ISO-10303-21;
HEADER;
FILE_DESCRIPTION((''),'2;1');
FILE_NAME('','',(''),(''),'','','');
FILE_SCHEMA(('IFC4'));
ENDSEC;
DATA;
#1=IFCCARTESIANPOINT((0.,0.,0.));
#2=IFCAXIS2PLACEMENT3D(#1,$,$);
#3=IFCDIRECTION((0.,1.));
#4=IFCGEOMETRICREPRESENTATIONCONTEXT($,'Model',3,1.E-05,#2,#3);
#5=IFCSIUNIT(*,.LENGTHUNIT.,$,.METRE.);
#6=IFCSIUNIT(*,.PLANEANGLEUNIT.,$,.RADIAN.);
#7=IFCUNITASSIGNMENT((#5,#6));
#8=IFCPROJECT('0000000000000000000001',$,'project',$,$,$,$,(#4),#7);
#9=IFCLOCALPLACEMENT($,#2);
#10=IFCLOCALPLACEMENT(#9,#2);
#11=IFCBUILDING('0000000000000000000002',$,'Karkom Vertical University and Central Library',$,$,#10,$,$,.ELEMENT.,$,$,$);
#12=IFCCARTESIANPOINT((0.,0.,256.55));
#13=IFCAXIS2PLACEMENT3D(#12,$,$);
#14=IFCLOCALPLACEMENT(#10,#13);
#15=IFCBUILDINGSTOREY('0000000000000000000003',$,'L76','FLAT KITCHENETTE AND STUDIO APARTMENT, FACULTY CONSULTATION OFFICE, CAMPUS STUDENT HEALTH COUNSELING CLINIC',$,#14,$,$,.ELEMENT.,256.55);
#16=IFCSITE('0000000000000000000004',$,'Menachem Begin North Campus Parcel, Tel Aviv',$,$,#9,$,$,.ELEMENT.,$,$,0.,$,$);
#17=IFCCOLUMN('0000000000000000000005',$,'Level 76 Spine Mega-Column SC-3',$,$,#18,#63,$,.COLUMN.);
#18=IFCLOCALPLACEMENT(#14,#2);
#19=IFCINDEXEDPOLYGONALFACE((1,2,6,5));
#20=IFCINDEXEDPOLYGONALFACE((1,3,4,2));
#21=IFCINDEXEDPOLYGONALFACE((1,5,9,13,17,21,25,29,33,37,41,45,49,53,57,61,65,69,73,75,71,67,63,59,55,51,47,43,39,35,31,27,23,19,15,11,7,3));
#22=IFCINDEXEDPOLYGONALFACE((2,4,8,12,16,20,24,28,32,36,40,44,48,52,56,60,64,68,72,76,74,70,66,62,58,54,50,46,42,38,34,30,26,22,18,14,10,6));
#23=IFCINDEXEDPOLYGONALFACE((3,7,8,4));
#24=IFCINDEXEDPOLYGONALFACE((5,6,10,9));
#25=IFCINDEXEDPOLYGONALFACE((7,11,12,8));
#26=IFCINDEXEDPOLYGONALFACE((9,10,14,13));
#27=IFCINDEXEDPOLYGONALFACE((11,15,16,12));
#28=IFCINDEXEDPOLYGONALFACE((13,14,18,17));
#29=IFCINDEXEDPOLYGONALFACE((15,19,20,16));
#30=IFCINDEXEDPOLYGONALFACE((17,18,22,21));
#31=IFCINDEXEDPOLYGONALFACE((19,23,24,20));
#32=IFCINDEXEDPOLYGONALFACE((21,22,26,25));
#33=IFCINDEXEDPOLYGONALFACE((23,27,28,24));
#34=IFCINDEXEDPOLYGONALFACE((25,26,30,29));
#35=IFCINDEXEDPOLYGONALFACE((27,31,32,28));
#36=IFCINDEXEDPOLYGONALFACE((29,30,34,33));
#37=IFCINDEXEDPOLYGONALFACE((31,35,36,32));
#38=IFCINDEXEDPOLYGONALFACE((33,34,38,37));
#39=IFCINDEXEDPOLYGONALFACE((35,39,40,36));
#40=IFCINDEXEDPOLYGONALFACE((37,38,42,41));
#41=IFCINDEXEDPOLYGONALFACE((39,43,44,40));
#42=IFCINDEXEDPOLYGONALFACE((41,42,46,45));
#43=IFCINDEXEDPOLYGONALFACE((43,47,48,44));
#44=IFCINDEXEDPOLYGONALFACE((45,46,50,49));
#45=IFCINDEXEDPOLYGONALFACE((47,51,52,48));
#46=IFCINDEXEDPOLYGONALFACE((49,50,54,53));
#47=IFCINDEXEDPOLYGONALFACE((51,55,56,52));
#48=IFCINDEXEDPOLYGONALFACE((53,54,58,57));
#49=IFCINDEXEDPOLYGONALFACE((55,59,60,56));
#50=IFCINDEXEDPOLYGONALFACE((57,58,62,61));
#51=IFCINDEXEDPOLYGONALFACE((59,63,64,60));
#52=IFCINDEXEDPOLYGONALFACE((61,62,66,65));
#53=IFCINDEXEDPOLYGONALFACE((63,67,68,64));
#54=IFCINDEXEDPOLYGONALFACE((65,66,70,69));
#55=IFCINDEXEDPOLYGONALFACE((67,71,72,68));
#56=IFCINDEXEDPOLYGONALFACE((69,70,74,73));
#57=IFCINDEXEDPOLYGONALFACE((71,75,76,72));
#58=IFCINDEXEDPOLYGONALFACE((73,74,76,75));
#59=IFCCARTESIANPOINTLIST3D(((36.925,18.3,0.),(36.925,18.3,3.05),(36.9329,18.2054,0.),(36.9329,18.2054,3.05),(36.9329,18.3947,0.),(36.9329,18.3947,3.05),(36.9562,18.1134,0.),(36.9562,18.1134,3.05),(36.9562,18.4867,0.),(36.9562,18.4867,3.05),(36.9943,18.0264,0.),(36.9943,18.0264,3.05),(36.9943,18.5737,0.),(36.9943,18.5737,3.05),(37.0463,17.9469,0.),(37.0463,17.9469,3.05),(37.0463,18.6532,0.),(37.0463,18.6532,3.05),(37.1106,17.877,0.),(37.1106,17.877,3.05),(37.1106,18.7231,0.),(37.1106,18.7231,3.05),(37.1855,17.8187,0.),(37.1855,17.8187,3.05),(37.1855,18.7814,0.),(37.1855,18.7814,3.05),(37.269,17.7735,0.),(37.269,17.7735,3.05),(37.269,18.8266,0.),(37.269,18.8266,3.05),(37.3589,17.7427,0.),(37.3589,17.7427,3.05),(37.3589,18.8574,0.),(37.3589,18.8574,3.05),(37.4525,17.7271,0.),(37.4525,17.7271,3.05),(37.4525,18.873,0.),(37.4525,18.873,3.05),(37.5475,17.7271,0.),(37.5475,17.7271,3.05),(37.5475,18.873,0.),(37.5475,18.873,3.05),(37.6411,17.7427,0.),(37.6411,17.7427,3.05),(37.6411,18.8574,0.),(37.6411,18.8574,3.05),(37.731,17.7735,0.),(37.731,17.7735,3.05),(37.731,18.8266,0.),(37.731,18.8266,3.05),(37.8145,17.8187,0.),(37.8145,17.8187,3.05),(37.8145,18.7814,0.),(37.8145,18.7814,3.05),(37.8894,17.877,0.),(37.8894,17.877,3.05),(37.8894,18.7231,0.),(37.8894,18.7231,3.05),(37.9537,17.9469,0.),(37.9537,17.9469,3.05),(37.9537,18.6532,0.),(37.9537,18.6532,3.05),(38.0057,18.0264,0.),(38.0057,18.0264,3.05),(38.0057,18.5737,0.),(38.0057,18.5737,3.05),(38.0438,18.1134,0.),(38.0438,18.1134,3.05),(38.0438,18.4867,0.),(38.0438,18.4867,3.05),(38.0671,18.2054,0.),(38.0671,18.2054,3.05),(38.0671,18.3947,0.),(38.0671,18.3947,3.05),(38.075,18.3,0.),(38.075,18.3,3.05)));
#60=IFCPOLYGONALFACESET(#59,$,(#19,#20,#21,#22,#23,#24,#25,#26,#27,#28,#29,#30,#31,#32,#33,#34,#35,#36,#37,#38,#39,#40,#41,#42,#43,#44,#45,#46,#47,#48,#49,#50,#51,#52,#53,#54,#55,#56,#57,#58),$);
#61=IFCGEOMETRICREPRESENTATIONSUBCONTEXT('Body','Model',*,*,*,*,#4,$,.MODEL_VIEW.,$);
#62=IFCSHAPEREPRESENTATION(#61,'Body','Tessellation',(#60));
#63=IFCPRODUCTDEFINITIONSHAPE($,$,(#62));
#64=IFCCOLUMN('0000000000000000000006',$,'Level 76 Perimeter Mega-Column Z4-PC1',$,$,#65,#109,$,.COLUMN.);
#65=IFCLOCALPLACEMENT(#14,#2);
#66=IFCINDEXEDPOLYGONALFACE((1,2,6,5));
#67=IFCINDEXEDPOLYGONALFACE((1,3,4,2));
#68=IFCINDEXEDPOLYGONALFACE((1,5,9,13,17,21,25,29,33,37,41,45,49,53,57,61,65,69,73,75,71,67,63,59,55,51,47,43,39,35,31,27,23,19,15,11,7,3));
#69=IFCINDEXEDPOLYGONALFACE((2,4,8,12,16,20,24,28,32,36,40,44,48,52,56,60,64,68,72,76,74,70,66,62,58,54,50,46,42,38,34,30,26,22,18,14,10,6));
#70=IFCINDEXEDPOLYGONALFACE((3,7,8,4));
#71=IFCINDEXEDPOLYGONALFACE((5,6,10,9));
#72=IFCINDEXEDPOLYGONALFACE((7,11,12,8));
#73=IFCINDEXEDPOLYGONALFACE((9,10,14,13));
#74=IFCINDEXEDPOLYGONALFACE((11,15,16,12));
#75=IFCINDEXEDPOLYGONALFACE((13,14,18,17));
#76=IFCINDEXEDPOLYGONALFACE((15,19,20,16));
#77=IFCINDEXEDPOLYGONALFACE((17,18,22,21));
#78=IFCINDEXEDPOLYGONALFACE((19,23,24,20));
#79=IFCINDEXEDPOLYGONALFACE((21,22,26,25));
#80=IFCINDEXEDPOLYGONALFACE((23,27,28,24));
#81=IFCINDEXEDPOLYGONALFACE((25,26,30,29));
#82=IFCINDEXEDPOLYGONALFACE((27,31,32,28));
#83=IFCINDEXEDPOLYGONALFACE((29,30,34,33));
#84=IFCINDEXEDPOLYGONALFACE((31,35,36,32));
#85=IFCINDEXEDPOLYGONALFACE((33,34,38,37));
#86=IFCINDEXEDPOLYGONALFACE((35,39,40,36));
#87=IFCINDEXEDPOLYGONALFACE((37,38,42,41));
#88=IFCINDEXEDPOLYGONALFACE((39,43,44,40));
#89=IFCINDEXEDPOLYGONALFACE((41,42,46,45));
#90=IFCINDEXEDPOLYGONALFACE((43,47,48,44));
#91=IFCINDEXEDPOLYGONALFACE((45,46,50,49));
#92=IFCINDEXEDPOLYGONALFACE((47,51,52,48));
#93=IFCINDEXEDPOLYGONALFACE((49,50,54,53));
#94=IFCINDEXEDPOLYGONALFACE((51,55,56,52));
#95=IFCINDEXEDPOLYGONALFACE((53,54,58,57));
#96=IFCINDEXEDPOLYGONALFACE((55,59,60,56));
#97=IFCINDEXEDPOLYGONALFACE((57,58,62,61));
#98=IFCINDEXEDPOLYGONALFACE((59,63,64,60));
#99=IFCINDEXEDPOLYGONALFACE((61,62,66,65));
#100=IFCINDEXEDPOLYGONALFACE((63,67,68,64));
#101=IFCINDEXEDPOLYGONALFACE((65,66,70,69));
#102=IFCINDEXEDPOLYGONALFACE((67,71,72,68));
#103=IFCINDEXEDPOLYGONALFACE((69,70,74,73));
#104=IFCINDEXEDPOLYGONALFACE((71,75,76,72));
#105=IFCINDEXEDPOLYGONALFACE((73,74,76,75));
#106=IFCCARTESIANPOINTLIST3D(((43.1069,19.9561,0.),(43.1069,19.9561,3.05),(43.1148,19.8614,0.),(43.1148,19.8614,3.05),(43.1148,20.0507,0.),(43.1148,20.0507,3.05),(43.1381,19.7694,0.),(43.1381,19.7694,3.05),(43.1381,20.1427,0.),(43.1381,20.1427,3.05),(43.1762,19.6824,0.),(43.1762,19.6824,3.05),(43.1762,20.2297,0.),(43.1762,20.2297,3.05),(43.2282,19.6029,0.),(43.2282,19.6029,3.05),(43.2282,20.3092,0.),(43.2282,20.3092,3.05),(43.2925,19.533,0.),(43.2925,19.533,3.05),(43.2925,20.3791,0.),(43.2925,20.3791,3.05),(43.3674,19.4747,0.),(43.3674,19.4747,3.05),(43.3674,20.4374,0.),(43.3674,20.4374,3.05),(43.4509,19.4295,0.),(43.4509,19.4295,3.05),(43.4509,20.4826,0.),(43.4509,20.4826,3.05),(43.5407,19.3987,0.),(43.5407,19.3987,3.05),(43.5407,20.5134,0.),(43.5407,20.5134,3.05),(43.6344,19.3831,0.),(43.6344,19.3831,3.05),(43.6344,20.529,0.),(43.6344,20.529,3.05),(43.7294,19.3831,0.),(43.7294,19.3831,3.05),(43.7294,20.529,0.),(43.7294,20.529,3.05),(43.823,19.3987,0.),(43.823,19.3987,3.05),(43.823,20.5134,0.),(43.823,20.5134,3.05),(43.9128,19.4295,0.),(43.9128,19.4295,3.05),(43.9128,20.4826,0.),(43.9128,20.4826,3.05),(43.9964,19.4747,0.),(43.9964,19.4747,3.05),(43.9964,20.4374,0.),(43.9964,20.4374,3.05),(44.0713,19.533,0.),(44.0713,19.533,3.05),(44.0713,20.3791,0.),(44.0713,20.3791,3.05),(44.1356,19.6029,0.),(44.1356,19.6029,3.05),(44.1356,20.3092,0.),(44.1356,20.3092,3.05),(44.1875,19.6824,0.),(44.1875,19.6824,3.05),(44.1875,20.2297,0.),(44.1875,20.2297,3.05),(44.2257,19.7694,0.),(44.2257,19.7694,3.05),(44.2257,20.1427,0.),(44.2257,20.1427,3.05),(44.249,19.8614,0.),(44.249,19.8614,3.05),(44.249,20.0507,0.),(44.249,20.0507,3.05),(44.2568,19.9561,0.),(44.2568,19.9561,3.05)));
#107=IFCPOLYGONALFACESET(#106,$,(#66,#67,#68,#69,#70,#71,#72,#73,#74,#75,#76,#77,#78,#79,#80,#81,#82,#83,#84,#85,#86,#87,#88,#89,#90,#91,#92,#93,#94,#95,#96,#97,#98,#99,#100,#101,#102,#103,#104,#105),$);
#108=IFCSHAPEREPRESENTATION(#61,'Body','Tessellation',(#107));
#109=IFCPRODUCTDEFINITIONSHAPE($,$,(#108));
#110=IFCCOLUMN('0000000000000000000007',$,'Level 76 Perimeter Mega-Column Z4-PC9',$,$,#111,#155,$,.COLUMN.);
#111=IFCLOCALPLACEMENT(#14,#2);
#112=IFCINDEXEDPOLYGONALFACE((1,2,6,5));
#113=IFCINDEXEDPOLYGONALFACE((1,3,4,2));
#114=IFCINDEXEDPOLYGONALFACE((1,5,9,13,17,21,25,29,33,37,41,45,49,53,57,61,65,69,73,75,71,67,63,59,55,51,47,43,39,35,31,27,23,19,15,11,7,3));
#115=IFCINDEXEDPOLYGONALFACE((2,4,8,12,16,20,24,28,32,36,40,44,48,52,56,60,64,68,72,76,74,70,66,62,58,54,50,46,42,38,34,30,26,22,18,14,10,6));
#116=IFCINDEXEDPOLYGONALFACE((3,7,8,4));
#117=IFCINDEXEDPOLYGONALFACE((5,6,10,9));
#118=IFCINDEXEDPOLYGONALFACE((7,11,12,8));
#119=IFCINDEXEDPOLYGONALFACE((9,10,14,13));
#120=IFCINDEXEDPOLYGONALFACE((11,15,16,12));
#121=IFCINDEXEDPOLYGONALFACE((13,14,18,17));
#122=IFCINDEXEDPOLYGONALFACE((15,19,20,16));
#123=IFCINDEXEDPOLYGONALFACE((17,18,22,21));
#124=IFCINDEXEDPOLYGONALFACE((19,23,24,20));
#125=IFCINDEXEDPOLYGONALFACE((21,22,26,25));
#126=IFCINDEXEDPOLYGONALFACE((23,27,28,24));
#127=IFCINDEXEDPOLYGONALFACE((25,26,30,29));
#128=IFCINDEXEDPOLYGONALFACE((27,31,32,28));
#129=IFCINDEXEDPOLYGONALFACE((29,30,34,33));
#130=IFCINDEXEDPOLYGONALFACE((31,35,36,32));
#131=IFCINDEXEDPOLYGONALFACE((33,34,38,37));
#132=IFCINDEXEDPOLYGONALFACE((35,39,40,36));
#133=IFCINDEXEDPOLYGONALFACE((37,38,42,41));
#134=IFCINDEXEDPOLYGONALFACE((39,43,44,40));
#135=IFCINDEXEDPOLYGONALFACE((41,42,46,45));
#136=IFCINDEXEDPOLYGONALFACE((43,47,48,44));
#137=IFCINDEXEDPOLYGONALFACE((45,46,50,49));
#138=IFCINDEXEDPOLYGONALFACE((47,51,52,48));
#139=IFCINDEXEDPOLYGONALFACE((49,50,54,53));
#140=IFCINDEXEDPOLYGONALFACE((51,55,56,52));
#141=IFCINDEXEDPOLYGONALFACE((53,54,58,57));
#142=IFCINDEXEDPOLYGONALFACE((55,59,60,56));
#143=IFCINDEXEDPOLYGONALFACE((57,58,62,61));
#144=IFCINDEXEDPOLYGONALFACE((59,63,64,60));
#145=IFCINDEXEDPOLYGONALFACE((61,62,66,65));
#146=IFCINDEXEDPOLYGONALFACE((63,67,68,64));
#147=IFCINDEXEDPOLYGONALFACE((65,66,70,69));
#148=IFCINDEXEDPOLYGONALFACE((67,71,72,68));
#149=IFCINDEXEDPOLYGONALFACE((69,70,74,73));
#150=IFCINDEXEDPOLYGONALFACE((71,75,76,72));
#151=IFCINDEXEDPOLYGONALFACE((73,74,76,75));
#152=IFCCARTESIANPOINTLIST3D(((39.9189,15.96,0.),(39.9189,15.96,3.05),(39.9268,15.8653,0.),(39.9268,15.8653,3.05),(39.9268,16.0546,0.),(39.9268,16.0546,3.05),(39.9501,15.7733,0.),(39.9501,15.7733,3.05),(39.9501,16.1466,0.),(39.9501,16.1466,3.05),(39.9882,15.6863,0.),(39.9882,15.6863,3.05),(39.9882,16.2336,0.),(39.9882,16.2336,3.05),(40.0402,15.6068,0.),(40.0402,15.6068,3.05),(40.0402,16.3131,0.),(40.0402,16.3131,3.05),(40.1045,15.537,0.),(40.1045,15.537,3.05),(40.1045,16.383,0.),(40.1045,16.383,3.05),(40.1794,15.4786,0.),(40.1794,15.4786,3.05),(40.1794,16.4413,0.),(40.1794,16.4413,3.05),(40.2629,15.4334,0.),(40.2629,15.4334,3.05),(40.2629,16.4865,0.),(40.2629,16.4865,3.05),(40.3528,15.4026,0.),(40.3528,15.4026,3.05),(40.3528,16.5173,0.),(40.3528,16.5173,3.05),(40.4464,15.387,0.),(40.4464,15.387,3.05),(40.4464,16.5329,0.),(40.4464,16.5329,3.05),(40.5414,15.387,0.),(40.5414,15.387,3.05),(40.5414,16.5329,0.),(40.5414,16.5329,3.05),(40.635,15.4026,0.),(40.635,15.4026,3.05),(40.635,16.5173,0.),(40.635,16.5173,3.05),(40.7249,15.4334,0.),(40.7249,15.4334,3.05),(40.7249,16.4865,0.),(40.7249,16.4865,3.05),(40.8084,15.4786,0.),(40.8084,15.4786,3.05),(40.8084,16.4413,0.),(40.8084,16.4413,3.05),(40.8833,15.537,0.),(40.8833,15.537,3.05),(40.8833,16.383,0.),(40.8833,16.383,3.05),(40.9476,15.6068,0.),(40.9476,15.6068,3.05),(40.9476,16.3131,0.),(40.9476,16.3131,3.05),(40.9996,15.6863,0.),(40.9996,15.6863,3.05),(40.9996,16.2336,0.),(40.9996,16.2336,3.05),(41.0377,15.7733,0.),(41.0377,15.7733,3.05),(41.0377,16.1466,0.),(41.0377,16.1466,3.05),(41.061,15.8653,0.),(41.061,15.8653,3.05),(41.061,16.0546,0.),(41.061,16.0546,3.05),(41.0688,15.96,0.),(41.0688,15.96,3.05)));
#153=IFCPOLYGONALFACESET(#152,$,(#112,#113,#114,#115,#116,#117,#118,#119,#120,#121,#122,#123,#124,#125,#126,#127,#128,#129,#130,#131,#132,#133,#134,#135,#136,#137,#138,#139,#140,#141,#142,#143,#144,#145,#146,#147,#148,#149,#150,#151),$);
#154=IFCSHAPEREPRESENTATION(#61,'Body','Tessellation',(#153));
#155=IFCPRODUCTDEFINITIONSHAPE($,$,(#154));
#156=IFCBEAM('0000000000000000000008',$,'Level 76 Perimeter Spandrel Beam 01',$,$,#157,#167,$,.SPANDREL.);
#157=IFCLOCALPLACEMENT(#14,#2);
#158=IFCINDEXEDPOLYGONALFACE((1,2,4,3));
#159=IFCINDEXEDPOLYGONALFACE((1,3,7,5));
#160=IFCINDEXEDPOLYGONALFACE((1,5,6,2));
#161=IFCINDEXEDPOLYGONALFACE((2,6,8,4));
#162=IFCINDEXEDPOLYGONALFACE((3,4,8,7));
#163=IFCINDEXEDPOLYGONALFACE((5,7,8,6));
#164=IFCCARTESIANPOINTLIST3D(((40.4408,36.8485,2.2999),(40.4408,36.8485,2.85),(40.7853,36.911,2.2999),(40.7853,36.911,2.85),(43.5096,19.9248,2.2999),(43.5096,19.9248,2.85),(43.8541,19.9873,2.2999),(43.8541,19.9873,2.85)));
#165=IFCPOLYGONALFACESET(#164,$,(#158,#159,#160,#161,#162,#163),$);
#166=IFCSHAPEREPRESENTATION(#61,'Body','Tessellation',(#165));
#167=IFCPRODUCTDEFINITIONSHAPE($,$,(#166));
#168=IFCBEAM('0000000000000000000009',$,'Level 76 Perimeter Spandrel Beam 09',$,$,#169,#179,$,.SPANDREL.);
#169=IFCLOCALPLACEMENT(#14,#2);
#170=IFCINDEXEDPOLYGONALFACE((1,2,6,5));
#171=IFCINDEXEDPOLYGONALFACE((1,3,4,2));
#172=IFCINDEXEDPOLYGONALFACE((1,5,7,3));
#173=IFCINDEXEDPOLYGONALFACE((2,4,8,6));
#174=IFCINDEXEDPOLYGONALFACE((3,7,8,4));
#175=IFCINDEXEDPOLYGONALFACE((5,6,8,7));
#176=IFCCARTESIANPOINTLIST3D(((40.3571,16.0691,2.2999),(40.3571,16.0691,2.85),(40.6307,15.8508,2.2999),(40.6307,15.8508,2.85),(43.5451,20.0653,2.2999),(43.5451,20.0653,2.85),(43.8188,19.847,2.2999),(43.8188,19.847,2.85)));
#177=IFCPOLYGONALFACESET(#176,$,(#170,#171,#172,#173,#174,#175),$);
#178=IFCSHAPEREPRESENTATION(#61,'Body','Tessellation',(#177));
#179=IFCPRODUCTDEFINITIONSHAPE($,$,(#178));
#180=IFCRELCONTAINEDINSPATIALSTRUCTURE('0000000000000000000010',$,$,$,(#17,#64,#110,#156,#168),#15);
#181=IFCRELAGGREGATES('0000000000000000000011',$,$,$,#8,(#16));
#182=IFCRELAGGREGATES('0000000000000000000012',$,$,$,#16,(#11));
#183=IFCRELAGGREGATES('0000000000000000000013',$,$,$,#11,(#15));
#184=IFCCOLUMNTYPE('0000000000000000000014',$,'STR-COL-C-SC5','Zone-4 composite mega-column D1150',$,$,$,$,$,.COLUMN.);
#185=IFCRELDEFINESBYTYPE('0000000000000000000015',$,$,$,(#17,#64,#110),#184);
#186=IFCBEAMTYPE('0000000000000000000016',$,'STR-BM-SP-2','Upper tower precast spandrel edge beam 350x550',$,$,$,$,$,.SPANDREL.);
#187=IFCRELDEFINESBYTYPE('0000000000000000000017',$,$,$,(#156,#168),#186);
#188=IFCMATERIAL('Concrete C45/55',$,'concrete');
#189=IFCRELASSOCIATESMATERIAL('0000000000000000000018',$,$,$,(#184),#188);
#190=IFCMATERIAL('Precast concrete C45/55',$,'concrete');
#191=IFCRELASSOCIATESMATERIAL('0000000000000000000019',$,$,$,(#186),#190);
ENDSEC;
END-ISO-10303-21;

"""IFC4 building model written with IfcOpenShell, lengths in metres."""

from ifc_helpers import new_model, si_unit, direction, frame, origin, origin_with_axes, origin_2d, place, context, subcontext, project, spatial, rectangle, circle, extrude, source, transform, mapped, material, material_profile, profile_set, type_object, element, save


model = new_model("IFC4")

# Units and contexts
model_context = context("Model", 3, precision=1e-05, world=origin(), true_north=direction((0.0, 1.0)))
body_context = subcontext(model_context, "Body", "Model", "MODEL_VIEW")
ifc_project = project(units=[si_unit("LENGTHUNIT", "METRE"), si_unit("PLANEANGLEUNIT", "RADIAN")], contexts=[model_context])

# Site, building, storey
site_placement = place(None, origin())
site = spatial("IfcSite", under=ifc_project, at=site_placement, Name="Menachem Begin North Campus Parcel, Tel Aviv", CompositionType="ELEMENT", RefElevation=0.0)
building_placement = place(site_placement, origin())
building = spatial("IfcBuilding", under=site, at=building_placement, Name="Karkom Vertical University and Central Library", CompositionType="ELEMENT")
storey_placement = place(building_placement, frame((0.0, 0.0, 256.55)))
storey = spatial("IfcBuildingStorey", under=building, at=storey_placement, Name="L76", Description="FLAT KITCHENETTE AND STUDIO APARTMENT, FACULTY CONSULTATION OFFICE, CAMPUS STUDENT HEALTH COUNSELING CLINIC", CompositionType="ELEMENT", Elevation=256.55)

# Columns
ifc_material_1 = material(Name="Concrete C45/55", Category="concrete")
ifc_material_profile_1 = material_profile(ifc_material_1, circle(Radius=0.575, at=origin_2d()), Name="CFT-D1150")
ifc_profile_set_1 = profile_set([ifc_material_profile_1], Name="Concrete C45/55")
column_type = type_object("IfcColumnType", Name="STR-COL-C-SC5", Description="Zone-4 composite mega-column D1150", PredefinedType="COLUMN", material=ifc_profile_set_1)
shared_shape_1 = source(origin_with_axes(), body_context, "Body", "SweptSolid", [
    extrude(circle(Radius=0.575, at=origin_2d()), origin(), (0.0, 0.0, 1.0), 3.05),
])
for number, where, z_axis, x_axis, name in (
    (1, (37.5, 18.3, 0.0), (0.0, 0.0, 1.0), (1.0, 0.0, 0.0), "Level 76 Spine Mega-Column SC-3"),
    (2, (43.6819, 19.9561, 0.0), (0.0, 0.0, 1.0), (1.0, 0.0, 0.0), "Level 76 Perimeter Mega-Column Z4-PC1"),
    (3, (40.4939, 15.96, 0.0), (0.0, 0.0, 1.0), (1.0, 0.0, 0.0), "Level 76 Perimeter Mega-Column Z4-PC9"),
):
    element("IfcColumn", number, at=place(storey_placement, frame(where, z_axis=z_axis, x_axis=x_axis)), inside=storey, type_object=column_type, Name=name, PredefinedType="COLUMN", context=body_context, shape_type="MappedRepresentation", body=[
        mapped(shared_shape_1, transform((0.0, 0.0, 0.0), scale=1.0)),
    ])

# Beams
ifc_material_2 = material(Name="Precast concrete C45/55", Category="concrete")
ifc_material_profile_2 = material_profile(ifc_material_2, rectangle(XDim=0.3501, YDim=0.55, at=origin_2d()), Name="SPB-350x550")
ifc_profile_set_2 = profile_set([ifc_material_profile_2], Name="Precast concrete C45/55")
beam_type_1 = type_object("IfcBeamType", Name="STR-BM-SP-2", Description="Upper tower precast spandrel edge beam 350x550", PredefinedType="SPANDREL", material=ifc_profile_set_2)
shared_shape_2 = source(origin_with_axes(), body_context, "Body", "SweptSolid", [
    extrude(rectangle(XDim=0.3501, YDim=0.55, at=origin_2d()), origin(), (0.0, 0.0, 1.0), 17.1997),
])
beam_1_placement = place(storey_placement, frame((43.6819, 19.9561, 2.575), z_axis=(-0.178423, 0.983954, 0.0), x_axis=(-0.983954, -0.178423, 0.0)))
element("IfcBeam", 4, at=beam_1_placement, inside=storey, type_object=beam_type_1, Name="Level 76 Perimeter Spandrel Beam 01", PredefinedType="SPANDREL", context=body_context, shape_type="MappedRepresentation", body=[
    mapped(shared_shape_2, transform((0.0, 0.0, 0.0), scale=1.0)),
])
shared_shape_3 = source(origin_with_axes(), body_context, "Body", "SweptSolid", [
    extrude(rectangle(XDim=0.3501, YDim=0.55, at=origin_2d()), origin(), (0.0, 0.0, 1.0), 5.1121),
])
beam_2_placement = place(storey_placement, frame((40.4939, 15.96, 2.575), z_axis=(0.623634, 0.781716, 0.0), x_axis=(-0.781716, 0.623634, 0.0)))
element("IfcBeam", 5, at=beam_2_placement, inside=storey, type_object=beam_type_1, Name="Level 76 Perimeter Spandrel Beam 09", PredefinedType="SPANDREL", context=body_context, shape_type="MappedRepresentation", body=[
    mapped(shared_shape_3, transform((0.0, 0.0, 0.0), scale=1.0)),
])

save(model, "model.ifc")
